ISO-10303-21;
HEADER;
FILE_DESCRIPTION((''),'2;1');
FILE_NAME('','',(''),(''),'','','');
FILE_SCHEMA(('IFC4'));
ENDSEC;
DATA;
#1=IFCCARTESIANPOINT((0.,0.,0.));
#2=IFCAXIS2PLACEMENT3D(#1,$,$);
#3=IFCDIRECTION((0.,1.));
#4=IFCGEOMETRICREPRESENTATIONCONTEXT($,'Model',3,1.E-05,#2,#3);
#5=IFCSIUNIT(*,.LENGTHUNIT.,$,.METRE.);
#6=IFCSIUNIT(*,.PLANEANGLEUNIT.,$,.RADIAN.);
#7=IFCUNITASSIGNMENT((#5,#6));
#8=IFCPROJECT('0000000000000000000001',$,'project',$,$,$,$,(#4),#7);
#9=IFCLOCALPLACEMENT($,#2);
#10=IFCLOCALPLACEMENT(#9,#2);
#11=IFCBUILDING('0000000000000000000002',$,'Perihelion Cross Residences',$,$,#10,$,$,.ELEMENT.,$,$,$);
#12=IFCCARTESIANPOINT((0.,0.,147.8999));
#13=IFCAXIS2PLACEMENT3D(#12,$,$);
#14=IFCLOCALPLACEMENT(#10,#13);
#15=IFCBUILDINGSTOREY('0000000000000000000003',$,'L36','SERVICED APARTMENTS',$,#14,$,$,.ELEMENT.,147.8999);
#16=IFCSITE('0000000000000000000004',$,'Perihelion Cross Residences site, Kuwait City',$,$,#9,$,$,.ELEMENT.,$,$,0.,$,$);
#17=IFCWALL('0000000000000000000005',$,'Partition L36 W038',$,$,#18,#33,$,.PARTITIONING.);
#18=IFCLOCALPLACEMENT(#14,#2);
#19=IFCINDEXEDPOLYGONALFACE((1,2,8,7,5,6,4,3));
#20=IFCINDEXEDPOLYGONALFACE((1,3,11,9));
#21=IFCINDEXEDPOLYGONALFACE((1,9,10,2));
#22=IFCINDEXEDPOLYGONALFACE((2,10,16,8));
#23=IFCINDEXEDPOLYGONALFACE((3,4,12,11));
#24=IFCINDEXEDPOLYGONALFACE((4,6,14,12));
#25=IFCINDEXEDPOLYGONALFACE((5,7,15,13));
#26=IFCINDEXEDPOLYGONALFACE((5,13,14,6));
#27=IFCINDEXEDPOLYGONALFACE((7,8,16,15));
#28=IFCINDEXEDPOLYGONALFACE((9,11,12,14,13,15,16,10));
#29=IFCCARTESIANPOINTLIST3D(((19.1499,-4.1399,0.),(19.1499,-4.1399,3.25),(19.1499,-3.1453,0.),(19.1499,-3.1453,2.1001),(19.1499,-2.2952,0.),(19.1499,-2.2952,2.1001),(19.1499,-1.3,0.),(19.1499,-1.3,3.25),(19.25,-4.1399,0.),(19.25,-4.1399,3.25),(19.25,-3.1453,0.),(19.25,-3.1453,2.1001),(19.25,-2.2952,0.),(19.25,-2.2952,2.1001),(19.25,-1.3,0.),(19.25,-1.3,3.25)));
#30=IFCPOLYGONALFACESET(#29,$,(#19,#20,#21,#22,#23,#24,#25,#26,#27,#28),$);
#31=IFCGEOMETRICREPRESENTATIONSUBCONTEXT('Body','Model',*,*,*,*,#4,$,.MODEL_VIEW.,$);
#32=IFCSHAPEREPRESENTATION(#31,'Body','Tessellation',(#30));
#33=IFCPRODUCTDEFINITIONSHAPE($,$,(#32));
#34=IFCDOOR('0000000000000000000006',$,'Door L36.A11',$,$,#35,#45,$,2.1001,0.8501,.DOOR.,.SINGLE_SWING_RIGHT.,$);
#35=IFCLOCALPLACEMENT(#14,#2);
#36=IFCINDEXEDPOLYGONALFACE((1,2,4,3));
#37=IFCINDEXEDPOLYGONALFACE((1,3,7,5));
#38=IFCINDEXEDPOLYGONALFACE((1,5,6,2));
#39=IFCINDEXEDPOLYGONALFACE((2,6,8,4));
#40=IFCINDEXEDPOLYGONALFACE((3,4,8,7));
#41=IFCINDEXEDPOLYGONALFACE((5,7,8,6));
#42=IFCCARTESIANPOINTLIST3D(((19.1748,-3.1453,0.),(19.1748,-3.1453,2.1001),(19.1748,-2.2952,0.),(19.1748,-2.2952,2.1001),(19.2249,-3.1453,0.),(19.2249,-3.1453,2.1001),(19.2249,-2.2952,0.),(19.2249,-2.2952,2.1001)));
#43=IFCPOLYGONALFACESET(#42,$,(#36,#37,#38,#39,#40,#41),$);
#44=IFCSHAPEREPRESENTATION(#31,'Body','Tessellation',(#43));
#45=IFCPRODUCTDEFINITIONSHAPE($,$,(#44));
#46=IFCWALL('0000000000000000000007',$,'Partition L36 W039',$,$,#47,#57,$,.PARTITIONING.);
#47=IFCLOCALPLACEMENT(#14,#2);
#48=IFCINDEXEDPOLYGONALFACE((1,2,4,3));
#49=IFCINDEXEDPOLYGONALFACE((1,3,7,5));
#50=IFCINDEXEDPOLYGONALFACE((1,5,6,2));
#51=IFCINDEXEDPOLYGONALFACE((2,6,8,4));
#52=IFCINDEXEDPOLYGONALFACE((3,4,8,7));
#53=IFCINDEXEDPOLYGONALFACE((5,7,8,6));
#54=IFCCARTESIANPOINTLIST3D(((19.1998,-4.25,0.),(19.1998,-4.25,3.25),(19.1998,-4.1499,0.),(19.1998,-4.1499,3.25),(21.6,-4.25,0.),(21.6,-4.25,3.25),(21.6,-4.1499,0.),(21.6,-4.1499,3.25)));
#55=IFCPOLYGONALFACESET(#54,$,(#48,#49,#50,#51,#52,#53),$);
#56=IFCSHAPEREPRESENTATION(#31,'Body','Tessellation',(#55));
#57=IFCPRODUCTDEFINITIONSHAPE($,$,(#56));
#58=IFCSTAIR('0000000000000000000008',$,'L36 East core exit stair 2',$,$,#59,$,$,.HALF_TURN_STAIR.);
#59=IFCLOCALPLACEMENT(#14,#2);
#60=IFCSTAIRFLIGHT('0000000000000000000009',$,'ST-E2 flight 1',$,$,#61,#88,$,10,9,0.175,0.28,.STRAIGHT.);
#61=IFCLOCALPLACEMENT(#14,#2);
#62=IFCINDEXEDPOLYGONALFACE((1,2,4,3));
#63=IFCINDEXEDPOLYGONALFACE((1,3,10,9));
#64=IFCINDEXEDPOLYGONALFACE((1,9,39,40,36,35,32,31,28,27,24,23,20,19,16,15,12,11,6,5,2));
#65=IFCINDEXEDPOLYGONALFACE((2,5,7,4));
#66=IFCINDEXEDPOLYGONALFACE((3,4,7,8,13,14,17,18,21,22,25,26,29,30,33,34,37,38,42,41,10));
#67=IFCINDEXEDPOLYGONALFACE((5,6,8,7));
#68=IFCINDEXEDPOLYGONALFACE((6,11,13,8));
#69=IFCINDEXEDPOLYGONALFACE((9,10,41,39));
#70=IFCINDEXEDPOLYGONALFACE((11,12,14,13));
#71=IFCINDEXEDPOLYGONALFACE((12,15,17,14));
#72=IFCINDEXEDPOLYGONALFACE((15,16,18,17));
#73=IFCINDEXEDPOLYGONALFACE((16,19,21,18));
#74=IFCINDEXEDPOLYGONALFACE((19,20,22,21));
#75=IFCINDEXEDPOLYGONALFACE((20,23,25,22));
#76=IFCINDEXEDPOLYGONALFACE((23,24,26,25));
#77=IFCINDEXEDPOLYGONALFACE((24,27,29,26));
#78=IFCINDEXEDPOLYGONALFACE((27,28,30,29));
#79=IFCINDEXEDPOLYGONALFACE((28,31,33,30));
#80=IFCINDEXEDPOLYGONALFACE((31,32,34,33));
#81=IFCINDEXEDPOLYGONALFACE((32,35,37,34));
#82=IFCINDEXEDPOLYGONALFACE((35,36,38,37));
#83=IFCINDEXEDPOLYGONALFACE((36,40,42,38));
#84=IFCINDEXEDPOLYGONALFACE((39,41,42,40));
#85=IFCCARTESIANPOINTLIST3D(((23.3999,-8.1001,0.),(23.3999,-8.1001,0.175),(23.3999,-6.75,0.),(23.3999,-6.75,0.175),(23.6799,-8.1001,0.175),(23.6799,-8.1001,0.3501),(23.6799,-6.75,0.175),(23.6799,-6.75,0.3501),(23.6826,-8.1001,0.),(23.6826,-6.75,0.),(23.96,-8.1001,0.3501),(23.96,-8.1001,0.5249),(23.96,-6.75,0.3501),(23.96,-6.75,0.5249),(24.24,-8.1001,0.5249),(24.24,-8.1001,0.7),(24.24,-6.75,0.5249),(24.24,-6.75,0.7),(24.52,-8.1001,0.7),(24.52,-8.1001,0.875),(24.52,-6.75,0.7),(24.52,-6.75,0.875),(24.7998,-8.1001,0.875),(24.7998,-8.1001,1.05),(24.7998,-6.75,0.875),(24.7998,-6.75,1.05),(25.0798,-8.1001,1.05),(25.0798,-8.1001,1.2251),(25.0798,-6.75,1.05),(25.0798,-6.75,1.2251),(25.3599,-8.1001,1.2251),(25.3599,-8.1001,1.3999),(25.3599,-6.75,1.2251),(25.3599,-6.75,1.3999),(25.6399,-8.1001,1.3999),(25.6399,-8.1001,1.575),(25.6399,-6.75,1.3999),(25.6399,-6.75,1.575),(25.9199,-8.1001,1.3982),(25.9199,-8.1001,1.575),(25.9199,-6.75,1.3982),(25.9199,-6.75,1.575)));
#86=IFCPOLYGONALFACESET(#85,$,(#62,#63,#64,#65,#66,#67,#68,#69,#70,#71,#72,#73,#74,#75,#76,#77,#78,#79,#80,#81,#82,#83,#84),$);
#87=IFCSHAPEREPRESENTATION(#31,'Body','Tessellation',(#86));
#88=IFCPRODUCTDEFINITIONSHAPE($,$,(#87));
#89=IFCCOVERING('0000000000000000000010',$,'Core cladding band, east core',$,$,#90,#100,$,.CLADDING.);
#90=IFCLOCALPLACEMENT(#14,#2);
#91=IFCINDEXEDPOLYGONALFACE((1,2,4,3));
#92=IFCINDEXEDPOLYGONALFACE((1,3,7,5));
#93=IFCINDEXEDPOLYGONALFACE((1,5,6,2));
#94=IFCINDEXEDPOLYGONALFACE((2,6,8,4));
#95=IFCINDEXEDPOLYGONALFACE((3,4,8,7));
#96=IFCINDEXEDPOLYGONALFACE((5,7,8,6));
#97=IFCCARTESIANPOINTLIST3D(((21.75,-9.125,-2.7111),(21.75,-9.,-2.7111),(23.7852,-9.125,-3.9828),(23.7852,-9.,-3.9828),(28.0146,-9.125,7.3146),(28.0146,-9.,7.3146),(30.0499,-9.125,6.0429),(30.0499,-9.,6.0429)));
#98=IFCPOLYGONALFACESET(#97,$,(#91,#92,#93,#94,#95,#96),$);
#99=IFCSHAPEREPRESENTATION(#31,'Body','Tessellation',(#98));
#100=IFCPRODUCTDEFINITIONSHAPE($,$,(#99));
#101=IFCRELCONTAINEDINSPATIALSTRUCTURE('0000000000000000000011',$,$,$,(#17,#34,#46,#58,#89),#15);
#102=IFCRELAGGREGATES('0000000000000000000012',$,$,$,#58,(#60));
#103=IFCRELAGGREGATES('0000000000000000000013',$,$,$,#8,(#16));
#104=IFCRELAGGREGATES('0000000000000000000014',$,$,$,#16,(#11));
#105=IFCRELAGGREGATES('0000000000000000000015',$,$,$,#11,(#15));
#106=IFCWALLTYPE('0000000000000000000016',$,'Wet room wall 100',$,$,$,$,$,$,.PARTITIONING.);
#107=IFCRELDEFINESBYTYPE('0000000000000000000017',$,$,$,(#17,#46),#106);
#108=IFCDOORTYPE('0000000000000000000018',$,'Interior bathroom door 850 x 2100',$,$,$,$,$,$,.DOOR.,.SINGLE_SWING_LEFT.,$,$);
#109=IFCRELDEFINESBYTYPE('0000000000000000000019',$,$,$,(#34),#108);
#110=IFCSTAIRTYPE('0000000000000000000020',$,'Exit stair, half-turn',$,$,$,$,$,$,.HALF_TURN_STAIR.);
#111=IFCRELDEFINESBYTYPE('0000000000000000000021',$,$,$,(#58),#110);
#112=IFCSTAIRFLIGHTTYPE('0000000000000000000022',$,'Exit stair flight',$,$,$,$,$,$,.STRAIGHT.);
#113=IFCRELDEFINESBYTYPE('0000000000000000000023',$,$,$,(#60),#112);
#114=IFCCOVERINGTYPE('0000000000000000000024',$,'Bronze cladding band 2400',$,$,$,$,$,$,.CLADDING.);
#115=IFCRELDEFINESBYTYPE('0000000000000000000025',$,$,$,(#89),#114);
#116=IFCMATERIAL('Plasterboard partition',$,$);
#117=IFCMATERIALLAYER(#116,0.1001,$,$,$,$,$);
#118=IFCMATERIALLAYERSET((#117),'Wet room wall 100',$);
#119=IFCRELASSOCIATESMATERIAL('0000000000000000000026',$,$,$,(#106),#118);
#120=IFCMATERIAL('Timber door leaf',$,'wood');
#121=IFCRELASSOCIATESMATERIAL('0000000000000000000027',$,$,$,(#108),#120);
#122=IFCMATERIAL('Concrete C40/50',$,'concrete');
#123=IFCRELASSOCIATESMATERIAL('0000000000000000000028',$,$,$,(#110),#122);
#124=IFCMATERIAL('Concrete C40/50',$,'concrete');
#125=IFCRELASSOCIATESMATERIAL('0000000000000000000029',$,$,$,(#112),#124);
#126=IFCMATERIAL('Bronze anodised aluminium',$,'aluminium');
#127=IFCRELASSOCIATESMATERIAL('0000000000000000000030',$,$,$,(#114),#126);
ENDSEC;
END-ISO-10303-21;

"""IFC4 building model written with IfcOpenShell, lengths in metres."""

from ifc_helpers import new_model, si_unit, direction, frame, frame_2d, origin, origin_2d, place, context, subcontext, project, spatial, polyline, rectangle, outline, extrude, material, layer, layer_set, material_profile, profile_set, type_object, element, fill, aggregate, save


model = new_model("IFC4")

# Units and contexts
model_context = context("Model", 3, precision=1e-05, world=origin(), true_north=direction((0.0, 1.0)))
body_context = subcontext(model_context, "Body", "Model", "MODEL_VIEW")
ifc_project = project(units=[si_unit("LENGTHUNIT", "METRE"), si_unit("PLANEANGLEUNIT", "RADIAN")], contexts=[model_context])

# Site, building, storey
site_placement = place(None, origin())
site = spatial("IfcSite", under=ifc_project, at=site_placement, Name="Perihelion Cross Residences site, Kuwait City", CompositionType="ELEMENT", RefElevation=0.0)
building_placement = place(site_placement, origin())
building = spatial("IfcBuilding", under=site, at=building_placement, Name="Perihelion Cross Residences", CompositionType="ELEMENT")
storey_placement = place(building_placement, frame((0.0, 0.0, 147.8999)))
storey = spatial("IfcBuildingStorey", under=building, at=storey_placement, Name="L36", Description="SERVICED APARTMENTS", CompositionType="ELEMENT", Elevation=147.8999)

# Wall, opening, door
ifc_material_1 = material(Name="Plasterboard partition")
ifc_layer_1 = layer(ifc_material_1, 0.1001)
ifc_layer_set_1 = layer_set([ifc_layer_1], Name="Wet room wall 100")
wall_type_1 = type_object("IfcWallType", Name="Wet room wall 100", PredefinedType="PARTITIONING", material=ifc_layer_set_1)
wall_1_placement = place(storey_placement, frame((19.2, -1.3, 0.0), z_axis=(0.0, 0.0, 1.0), x_axis=(0.0, -1.0, 0.0)))
wall_1 = element("IfcWall", 1, at=wall_1_placement, inside=storey, type_object=wall_type_1, Name="Partition L36 W038", PredefinedType="PARTITIONING", context=body_context, shape_type="SweptSolid", body=[
    extrude(rectangle(XDim=2.8398, YDim=0.1001, at=frame_2d((1.4199, 0.0))), origin(), (0.0, 0.0, 1.0), 3.25),
])
opening_1_placement = place(wall_1_placement, frame((0.9951, 0.0, 0.0)))
opening_1 = element("IfcOpeningElement", 2, at=opening_1_placement, cuts=wall_1, PredefinedType="OPENING", context=body_context, shape_type="SweptSolid", body=[
    extrude(rectangle(XDim=0.8501, YDim=2.1001, at=frame_2d((0.425, 1.05))), frame((0.0, 0.0601, 0.0), z_axis=(0.0, -1.0, 0.0), x_axis=(1.0, 0.0, 0.0)), (0.0, 0.0, 1.0), 0.1201),
])
ifc_material_2 = material(Name="Timber door leaf", Category="wood")
door_type_1 = type_object("IfcDoorType", Name="Interior bathroom door 850 x 2100", OperationType="SINGLE_SWING_LEFT", PredefinedType="DOOR", material=ifc_material_2)
door_1_placement = place(opening_1_placement, origin())
door_1 = element("IfcDoor", 3, at=door_1_placement, inside=storey, type_object=door_type_1, Name="Door L36.A11", OperationType="SINGLE_SWING_RIGHT", OverallHeight=2.1001, OverallWidth=0.8501, PredefinedType="DOOR", context=body_context, shape_type="SweptSolid", body=[
    extrude(rectangle(XDim=0.8501, YDim=2.1001, at=frame_2d((0.425, 1.05))), frame((0.0, 0.0249, 0.0), z_axis=(0.0, -1.0, 0.0), x_axis=(1.0, 0.0, 0.0)), (0.0, 0.0, 1.0), 0.05),
])
fill(opening_1, door_1)

# Wall
wall_2_placement = place(storey_placement, frame((21.6001, -4.2, 0.0), z_axis=(0.0, 0.0, 1.0), x_axis=(-1.0, 0.0, 0.0)))
element("IfcWall", 4, at=wall_2_placement, inside=storey, type_object=wall_type_1, Name="Partition L36 W039", PredefinedType="PARTITIONING", context=body_context, shape_type="SweptSolid", body=[
    extrude(rectangle(XDim=2.4001, YDim=0.1001, at=frame_2d((1.2002, 0.0))), origin(), (0.0, 0.0, 1.0), 3.25),
])

# Stair, stair flight
ifc_material_3 = material(Name="Concrete C40/50", Category="concrete")
stair_type = type_object("IfcStairType", Name="Exit stair, half-turn", PredefinedType="HALF_TURN_STAIR", material=ifc_material_3)
stair_placement = place(storey_placement, origin())
stair = element("IfcStair", 5, at=stair_placement, inside=storey, type_object=stair_type, Name="L36 East core exit stair 2", PredefinedType="HALF_TURN_STAIR")
ifc_material_4 = material(Name="Concrete C40/50", Category="concrete")
stair_flight_type = type_object("IfcStairFlightType", Name="Exit stair flight", PredefinedType="STRAIGHT", material=ifc_material_4)
stair_flight_placement = place(storey_placement, frame((23.3999, -7.425, 0.0), z_axis=(0.0, 0.0, 1.0), x_axis=(1.0, 0.0, 0.0)))
stair_flight = element("IfcStairFlight", 6, at=stair_flight_placement, type_object=stair_flight_type, Name="ST-E2 flight 1", NumberOfRisers=10, NumberOfTreads=9, PredefinedType="STRAIGHT", RiserHeight=0.175, TreadLength=0.28, context=body_context, shape_type="SweptSolid", body=[
    extrude(outline(polyline([(0.0, 0.0), (0.0, 0.175), (0.28, 0.175), (0.28, 0.3501), (0.5601, 0.3501), (0.5601, 0.5249), (0.8401, 0.5249), (0.8401, 0.7), (1.1201, 0.7), (1.1201, 0.875), (1.3999, 0.875), (1.3999, 1.05), (1.6799, 1.05), (1.6799, 1.2251), (1.96, 1.2251), (1.96, 1.3999), (2.24, 1.3999), (2.24, 1.575), (2.52, 1.575), (2.52, 1.75), (2.52, 1.3982), (0.2827, 0.0), (0.0, 0.0)])), frame((0.0, 0.675, 0.0), z_axis=(0.0, -1.0, 0.0), x_axis=(1.0, 0.0, 0.0)), (0.0, 0.0, 1.0), 1.3501),
])
aggregate(stair, [stair_flight])

# Covering
ifc_material_5 = material(Name="Bronze anodised aluminium", Category="aluminium")
ifc_material_profile_1 = material_profile(ifc_material_5, rectangle(XDim=0.125, YDim=2.3999, at=origin_2d()), Name="Bronze cladding band 2400")
ifc_profile_set_1 = profile_set([ifc_material_profile_1], Name="Bronze anodised aluminium")
covering_type = type_object("IfcCoveringType", Name="Bronze cladding band 2400", PredefinedType="CLADDING", material=ifc_profile_set_1)
covering_placement = place(storey_placement, frame((22.7676, -9.0625, -3.3469), z_axis=(0.529915, 0.0, 0.848051), x_axis=(0.0, 1.0, 0.0)))
element("IfcCovering", 7, at=covering_placement, inside=storey, type_object=covering_type, Name="Core cladding band, east core", PredefinedType="CLADDING", context=body_context, shape_type="SweptSolid", body=[
    extrude(rectangle(XDim=0.125, YDim=2.3999, at=origin_2d()), origin(), (0.0, 0.0, 1.0), 11.822),
])

save(model, "model.ifc")
